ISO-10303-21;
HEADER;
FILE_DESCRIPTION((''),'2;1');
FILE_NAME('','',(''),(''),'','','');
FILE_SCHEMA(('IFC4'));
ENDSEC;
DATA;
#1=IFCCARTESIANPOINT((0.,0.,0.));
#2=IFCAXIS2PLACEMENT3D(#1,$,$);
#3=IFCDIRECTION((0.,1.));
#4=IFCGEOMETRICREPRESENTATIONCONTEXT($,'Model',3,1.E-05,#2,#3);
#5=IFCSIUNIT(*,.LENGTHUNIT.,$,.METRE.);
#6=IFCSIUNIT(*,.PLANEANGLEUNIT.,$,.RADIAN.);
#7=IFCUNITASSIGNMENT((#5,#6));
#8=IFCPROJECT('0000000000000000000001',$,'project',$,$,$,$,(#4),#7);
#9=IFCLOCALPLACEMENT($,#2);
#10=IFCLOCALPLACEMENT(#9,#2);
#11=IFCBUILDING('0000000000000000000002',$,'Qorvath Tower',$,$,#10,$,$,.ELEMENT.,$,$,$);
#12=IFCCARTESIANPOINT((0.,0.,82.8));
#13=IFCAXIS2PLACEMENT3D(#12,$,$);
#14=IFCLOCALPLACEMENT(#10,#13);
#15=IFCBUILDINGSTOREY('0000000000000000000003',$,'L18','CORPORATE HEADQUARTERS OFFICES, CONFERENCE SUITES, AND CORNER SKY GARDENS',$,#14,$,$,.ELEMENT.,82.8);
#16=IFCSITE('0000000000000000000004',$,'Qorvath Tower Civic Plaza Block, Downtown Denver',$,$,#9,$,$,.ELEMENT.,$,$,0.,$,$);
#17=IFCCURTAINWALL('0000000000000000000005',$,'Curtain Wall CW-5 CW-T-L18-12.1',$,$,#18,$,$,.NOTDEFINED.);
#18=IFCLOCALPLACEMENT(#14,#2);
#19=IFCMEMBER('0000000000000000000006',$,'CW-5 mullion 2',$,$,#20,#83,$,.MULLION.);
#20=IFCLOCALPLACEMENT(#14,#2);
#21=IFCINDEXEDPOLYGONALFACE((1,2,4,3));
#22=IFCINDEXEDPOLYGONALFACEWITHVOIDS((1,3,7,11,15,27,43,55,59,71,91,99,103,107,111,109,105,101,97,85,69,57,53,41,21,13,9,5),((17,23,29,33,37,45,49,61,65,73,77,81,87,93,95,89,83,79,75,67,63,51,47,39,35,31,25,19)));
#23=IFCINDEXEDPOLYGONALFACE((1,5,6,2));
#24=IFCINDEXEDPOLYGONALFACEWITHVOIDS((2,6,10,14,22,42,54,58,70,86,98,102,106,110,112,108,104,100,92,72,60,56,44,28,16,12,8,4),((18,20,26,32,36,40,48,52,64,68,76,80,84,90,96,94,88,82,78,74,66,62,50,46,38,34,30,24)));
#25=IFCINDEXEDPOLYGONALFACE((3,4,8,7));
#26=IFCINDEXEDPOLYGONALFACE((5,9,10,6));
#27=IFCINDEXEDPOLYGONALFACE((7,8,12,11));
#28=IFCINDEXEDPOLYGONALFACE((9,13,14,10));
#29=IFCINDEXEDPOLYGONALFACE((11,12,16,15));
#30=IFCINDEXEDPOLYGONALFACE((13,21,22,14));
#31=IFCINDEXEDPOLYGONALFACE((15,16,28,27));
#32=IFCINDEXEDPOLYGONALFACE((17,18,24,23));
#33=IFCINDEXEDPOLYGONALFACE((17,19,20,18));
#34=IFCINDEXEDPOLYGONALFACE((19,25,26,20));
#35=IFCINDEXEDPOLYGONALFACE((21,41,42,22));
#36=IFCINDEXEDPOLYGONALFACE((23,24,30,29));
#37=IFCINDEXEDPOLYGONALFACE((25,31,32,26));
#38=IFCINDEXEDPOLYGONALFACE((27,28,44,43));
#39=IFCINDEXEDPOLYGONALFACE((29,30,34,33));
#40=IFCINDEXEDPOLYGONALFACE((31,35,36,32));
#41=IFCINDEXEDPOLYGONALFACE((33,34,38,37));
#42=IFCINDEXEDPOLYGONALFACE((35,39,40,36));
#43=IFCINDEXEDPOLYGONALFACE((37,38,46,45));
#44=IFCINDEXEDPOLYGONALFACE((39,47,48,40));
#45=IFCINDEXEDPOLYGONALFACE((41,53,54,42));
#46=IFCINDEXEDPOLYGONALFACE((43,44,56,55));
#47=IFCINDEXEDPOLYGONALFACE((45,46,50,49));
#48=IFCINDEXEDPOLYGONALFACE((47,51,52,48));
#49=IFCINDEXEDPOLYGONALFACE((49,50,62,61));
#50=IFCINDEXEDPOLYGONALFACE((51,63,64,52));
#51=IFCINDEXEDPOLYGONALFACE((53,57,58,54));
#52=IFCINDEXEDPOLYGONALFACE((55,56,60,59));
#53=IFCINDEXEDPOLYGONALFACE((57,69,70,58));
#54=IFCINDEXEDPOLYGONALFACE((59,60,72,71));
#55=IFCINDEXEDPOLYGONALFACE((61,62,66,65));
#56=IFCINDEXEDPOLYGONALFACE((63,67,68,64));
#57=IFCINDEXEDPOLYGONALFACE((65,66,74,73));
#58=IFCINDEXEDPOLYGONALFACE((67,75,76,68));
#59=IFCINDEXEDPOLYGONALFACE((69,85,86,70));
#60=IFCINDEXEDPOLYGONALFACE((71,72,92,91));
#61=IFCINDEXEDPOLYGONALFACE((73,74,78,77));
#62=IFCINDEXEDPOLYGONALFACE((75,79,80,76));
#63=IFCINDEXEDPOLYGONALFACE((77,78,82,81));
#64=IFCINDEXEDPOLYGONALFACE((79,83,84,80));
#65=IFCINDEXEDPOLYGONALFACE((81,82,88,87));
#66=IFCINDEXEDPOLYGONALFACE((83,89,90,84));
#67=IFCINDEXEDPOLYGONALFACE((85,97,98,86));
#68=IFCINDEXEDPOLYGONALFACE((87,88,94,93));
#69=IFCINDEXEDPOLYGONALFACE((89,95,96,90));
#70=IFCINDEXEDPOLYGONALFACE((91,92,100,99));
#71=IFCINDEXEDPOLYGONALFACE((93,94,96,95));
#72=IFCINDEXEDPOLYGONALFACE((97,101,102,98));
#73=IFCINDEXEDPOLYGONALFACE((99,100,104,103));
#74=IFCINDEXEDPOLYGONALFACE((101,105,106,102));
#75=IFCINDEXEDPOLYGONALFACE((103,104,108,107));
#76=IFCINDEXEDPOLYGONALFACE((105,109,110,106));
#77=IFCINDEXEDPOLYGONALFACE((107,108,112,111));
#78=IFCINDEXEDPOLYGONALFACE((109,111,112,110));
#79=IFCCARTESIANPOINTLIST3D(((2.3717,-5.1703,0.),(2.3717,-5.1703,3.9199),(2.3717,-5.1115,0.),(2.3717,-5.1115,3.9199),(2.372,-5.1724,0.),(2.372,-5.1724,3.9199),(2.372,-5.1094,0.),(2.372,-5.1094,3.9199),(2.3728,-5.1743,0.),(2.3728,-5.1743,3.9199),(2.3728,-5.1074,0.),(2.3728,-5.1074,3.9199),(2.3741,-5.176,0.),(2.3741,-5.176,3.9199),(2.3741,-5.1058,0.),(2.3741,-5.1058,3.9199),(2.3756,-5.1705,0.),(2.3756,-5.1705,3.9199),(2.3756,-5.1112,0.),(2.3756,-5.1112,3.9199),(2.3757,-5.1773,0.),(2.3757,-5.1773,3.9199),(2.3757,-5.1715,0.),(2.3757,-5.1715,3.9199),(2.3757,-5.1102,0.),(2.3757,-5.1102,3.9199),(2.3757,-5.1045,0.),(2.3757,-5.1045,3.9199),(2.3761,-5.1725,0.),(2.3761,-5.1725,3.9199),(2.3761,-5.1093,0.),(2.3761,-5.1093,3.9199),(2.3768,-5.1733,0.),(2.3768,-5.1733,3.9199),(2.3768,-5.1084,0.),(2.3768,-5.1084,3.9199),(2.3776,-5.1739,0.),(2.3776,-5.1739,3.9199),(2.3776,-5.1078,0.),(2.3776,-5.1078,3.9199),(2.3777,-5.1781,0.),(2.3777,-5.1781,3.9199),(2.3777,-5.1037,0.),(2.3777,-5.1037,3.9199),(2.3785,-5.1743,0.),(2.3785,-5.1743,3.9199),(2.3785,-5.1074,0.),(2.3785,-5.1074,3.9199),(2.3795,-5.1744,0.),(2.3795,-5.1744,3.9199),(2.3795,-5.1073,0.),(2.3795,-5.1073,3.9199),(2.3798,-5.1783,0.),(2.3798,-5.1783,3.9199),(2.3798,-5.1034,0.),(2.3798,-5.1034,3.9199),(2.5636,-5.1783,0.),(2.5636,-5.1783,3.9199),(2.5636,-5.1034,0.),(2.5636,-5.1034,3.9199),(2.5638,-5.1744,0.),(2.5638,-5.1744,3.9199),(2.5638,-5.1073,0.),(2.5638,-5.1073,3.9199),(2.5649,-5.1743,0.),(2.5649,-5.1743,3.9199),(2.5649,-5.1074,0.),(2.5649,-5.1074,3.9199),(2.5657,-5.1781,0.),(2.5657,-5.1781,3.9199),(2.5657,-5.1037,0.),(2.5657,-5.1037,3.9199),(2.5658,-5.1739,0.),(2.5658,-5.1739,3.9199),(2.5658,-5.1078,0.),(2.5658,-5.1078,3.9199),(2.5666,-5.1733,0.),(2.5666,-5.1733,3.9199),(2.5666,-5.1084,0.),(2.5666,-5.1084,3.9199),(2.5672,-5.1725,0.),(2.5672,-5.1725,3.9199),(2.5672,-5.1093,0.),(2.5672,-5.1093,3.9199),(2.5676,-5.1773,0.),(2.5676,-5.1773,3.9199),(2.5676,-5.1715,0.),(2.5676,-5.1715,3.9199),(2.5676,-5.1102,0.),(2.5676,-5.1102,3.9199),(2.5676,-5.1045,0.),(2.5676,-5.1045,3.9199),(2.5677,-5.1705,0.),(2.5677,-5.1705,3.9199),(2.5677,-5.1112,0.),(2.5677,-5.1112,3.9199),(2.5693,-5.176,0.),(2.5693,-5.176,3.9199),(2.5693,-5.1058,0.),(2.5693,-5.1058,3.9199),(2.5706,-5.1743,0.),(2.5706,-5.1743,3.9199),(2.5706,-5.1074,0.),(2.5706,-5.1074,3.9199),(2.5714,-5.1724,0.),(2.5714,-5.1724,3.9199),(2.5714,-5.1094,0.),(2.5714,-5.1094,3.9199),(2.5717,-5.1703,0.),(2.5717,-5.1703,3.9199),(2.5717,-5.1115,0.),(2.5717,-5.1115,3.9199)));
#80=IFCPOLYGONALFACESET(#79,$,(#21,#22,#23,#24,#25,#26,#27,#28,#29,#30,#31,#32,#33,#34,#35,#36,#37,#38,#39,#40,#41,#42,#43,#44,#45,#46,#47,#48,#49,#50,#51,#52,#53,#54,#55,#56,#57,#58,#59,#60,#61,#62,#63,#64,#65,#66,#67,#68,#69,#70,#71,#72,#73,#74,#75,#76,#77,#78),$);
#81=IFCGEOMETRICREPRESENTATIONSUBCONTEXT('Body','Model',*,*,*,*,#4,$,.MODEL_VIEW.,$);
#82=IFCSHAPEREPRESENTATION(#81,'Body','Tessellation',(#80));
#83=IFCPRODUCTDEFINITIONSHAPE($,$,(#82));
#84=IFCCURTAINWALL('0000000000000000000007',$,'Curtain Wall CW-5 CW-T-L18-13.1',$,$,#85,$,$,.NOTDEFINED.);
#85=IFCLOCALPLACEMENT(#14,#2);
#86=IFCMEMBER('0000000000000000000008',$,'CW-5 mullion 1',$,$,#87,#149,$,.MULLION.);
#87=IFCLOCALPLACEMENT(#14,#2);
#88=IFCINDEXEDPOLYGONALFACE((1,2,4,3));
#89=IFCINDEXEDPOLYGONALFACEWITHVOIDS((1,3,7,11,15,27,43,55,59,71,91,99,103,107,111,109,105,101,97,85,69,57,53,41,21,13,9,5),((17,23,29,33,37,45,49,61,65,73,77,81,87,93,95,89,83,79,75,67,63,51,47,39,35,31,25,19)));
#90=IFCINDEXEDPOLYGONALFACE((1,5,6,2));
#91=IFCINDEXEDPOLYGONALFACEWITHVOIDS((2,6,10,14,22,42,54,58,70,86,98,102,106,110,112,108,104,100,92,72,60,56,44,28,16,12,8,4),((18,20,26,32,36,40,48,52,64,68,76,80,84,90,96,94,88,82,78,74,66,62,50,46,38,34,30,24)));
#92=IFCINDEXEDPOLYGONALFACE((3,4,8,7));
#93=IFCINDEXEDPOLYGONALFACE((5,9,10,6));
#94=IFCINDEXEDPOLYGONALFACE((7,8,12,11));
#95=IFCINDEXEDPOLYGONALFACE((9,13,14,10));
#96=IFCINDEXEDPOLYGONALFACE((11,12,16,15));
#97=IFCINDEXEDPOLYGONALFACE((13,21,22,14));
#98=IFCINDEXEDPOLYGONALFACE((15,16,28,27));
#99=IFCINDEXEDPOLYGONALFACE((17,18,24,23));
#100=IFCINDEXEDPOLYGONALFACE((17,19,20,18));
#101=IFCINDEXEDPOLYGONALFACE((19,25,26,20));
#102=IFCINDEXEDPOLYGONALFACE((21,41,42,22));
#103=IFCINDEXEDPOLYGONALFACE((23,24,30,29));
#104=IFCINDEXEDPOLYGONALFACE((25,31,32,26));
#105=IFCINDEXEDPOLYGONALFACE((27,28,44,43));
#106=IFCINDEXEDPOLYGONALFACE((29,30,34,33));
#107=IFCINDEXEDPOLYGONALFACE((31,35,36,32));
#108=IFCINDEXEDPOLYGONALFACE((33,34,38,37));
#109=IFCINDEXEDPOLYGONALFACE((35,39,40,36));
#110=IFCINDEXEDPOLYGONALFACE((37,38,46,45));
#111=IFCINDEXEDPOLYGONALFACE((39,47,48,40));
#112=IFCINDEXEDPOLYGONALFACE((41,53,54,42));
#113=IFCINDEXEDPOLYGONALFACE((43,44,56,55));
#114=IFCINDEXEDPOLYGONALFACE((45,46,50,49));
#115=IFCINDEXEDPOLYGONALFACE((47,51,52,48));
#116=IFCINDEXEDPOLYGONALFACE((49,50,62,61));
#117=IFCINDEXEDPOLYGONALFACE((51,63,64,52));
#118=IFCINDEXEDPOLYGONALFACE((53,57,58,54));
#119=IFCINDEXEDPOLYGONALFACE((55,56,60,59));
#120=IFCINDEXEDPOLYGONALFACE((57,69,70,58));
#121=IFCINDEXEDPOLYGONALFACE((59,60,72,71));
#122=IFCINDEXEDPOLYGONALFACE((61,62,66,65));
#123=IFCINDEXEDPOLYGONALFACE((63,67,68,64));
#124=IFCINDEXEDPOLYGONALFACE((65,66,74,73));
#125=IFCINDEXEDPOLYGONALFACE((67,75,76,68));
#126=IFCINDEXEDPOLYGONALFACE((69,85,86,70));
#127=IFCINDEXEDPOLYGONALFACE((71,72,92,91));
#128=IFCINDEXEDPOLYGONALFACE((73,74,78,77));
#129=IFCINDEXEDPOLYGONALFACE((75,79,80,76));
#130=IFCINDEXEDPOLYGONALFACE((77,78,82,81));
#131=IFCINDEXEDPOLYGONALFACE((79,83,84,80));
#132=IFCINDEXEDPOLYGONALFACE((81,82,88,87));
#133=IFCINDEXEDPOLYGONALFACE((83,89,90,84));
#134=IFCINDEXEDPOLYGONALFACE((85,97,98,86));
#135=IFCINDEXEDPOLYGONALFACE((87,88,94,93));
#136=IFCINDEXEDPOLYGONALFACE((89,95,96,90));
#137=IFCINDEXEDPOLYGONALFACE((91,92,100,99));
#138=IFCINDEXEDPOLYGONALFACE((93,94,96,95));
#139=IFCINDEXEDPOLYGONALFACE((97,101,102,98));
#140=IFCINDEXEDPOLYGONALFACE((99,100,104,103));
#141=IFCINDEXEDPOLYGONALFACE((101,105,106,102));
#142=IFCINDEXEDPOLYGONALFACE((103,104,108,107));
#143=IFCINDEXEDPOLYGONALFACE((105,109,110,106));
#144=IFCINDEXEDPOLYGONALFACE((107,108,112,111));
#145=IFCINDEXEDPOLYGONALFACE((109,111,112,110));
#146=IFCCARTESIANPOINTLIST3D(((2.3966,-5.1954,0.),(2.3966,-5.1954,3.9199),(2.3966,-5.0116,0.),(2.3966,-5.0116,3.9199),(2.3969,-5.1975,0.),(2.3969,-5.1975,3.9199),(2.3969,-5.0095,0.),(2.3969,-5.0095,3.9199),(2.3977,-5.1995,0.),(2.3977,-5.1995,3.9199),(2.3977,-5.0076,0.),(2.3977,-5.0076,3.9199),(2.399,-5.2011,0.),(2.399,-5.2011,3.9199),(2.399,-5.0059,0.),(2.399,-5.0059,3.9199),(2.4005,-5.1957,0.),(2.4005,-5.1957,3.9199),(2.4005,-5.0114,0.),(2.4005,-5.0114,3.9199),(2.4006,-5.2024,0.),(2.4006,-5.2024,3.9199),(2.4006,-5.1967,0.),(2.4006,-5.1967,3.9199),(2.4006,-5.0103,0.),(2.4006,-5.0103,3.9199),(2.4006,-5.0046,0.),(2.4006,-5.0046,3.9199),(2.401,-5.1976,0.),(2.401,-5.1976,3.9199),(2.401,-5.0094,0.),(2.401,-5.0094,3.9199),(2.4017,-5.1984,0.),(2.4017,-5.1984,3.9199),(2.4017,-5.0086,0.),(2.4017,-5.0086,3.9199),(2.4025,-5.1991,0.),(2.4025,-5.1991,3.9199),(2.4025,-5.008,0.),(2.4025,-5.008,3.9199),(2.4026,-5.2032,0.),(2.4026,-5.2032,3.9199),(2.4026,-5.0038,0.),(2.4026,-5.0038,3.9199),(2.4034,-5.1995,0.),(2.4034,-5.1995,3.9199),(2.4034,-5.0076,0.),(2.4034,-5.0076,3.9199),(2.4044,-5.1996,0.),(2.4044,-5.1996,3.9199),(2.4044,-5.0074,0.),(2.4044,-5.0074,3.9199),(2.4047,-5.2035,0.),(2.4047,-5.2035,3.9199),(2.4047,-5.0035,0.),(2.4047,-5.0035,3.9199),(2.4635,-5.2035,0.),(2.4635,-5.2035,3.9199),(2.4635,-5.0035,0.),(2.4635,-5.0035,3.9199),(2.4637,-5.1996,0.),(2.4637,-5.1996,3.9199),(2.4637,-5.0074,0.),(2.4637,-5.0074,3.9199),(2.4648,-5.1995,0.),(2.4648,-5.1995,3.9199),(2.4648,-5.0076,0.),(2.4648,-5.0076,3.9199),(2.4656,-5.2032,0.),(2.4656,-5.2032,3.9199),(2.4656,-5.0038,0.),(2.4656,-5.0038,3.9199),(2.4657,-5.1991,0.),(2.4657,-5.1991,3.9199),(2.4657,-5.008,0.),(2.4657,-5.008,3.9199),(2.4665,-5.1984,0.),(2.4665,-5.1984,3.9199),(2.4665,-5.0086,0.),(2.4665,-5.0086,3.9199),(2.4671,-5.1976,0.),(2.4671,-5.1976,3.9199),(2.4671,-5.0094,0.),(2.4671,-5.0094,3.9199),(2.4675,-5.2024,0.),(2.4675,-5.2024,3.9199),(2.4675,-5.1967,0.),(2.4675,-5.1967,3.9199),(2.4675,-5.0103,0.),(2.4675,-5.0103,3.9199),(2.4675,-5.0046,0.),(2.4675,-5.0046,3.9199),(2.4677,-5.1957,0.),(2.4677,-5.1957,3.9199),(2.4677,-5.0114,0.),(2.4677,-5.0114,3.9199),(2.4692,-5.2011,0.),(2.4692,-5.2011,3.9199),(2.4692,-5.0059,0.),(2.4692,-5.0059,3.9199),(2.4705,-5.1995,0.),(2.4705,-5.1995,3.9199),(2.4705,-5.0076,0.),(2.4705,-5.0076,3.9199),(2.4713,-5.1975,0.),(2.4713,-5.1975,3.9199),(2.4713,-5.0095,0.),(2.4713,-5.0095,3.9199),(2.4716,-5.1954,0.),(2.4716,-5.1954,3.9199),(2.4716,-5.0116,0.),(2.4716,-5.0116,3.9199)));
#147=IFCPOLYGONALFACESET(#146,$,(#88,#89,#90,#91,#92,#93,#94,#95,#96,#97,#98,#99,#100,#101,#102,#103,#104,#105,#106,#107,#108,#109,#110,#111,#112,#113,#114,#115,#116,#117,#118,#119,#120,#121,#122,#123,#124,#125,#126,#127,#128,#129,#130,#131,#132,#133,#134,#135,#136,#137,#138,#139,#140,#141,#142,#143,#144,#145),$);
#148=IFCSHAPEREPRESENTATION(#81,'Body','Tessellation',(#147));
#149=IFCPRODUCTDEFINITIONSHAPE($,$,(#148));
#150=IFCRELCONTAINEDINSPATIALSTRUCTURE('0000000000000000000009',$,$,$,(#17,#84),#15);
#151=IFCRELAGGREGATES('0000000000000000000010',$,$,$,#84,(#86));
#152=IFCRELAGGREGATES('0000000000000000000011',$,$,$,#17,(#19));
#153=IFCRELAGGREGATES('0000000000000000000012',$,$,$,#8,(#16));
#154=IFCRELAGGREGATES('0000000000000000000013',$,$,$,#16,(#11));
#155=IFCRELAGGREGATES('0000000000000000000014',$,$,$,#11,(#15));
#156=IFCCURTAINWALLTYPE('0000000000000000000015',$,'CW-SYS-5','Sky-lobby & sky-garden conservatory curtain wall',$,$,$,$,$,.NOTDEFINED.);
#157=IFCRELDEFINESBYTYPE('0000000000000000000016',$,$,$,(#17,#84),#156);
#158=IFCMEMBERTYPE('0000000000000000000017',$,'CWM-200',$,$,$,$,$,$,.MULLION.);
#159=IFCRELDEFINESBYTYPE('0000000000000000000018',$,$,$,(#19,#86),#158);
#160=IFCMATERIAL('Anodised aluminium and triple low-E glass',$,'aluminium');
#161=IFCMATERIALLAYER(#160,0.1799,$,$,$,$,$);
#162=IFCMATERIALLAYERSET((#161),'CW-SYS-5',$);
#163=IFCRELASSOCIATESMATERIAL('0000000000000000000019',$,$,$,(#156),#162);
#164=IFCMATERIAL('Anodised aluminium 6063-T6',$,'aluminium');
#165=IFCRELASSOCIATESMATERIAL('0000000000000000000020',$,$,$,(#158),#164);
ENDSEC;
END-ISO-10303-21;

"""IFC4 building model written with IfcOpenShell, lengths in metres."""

from ifc_helpers import new_model, si_unit, direction, frame, origin, origin_2d, place, context, subcontext, project, spatial, hollow_rectangle, extrude, material, layer, layer_set, material_profile, profile_set, type_object, element, aggregate, save


model = new_model("IFC4")

# Units and contexts
model_context = context("Model", 3, precision=1e-05, world=origin(), true_north=direction((0.0, 1.0)))
body_context = subcontext(model_context, "Body", "Model", "MODEL_VIEW")
ifc_project = project(units=[si_unit("LENGTHUNIT", "METRE"), si_unit("PLANEANGLEUNIT", "RADIAN")], contexts=[model_context])

# Site, building, storey
site_placement = place(None, origin())
site = spatial("IfcSite", under=ifc_project, at=site_placement, Name="Qorvath Tower Civic Plaza Block, Downtown Denver", CompositionType="ELEMENT", RefElevation=0.0)
building_placement = place(site_placement, origin())
building = spatial("IfcBuilding", under=site, at=building_placement, Name="Qorvath Tower", CompositionType="ELEMENT")
storey_placement = place(building_placement, frame((0.0, 0.0, 82.8)))
storey = spatial("IfcBuildingStorey", under=building, at=storey_placement, Name="L18", Description="CORPORATE HEADQUARTERS OFFICES, CONFERENCE SUITES, AND CORNER SKY GARDENS", CompositionType="ELEMENT", Elevation=82.8)

# Shared definitions
ifc_material_1 = material(Name="Anodised aluminium and triple low-E glass", Category="aluminium")
ifc_layer_1 = layer(ifc_material_1, 0.1799)
ifc_layer_set_1 = layer_set([ifc_layer_1], Name="CW-SYS-5")
curtain_wall_type = type_object("IfcCurtainWallType", Name="CW-SYS-5", Description="Sky-lobby & sky-garden conservatory curtain wall", PredefinedType="NOTDEFINED", material=ifc_layer_set_1)
ifc_material_2 = material(Name="Anodised aluminium 6063-T6", Category="aluminium")
ifc_material_profile_1 = material_profile(ifc_material_2, hollow_rectangle(XDim=0.075, YDim=0.2, WallThickness=0.0039, InnerFilletRadius=0.0039, OuterFilletRadius=0.0081, at=origin_2d()), Name="CWM 200x75")
ifc_profile_set_1 = profile_set([ifc_material_profile_1], Name="Anodised aluminium 6063-T6")
member_type_1 = type_object("IfcMemberType", Name="CWM-200", PredefinedType="MULLION", material=ifc_profile_set_1)

# Curtain wall, member
curtain_wall_1_placement = place(storey_placement, origin())
curtain_wall_1 = element("IfcCurtainWall", 1, at=curtain_wall_1_placement, inside=storey, type_object=curtain_wall_type, Name="Curtain Wall CW-5 CW-T-L18-12.1", PredefinedType="NOTDEFINED")
member_1_placement = place(storey_placement, frame((2.4717, -5.1409, 0.0), z_axis=(0.0, 0.0, 1.0), x_axis=(0.0, -1.0, 0.0)))
member_1 = element("IfcMember", 2, at=member_1_placement, type_object=member_type_1, Name="CW-5 mullion 2", PredefinedType="MULLION", context=body_context, shape_type="SweptSolid", body=[
    extrude(hollow_rectangle(XDim=0.075, YDim=0.2, WallThickness=0.0039, InnerFilletRadius=0.0039, OuterFilletRadius=0.0081, at=origin_2d()), origin(), (0.0, 0.0, 1.0), 3.9199),
])

# Curtain wall, member
curtain_wall_2_placement = place(storey_placement, origin())
curtain_wall_2 = element("IfcCurtainWall", 3, at=curtain_wall_2_placement, inside=storey, type_object=curtain_wall_type, Name="Curtain Wall CW-5 CW-T-L18-13.1", PredefinedType="NOTDEFINED")
member_2_placement = place(storey_placement, frame((2.4341, -5.1035, 0.0), z_axis=(0.0, 0.0, 1.0), x_axis=(-1.0, 0.0, 0.0)))
member_2 = element("IfcMember", 4, at=member_2_placement, type_object=member_type_1, Name="CW-5 mullion 1", PredefinedType="MULLION", context=body_context, shape_type="SweptSolid", body=[
    extrude(hollow_rectangle(XDim=0.075, YDim=0.2, WallThickness=0.0039, InnerFilletRadius=0.0039, OuterFilletRadius=0.0081, at=origin_2d()), origin(), (0.0, 0.0, 1.0), 3.9199),
])

aggregate(curtain_wall_2, [member_2])

aggregate(curtain_wall_1, [member_1])

save(model, "model.ifc")
